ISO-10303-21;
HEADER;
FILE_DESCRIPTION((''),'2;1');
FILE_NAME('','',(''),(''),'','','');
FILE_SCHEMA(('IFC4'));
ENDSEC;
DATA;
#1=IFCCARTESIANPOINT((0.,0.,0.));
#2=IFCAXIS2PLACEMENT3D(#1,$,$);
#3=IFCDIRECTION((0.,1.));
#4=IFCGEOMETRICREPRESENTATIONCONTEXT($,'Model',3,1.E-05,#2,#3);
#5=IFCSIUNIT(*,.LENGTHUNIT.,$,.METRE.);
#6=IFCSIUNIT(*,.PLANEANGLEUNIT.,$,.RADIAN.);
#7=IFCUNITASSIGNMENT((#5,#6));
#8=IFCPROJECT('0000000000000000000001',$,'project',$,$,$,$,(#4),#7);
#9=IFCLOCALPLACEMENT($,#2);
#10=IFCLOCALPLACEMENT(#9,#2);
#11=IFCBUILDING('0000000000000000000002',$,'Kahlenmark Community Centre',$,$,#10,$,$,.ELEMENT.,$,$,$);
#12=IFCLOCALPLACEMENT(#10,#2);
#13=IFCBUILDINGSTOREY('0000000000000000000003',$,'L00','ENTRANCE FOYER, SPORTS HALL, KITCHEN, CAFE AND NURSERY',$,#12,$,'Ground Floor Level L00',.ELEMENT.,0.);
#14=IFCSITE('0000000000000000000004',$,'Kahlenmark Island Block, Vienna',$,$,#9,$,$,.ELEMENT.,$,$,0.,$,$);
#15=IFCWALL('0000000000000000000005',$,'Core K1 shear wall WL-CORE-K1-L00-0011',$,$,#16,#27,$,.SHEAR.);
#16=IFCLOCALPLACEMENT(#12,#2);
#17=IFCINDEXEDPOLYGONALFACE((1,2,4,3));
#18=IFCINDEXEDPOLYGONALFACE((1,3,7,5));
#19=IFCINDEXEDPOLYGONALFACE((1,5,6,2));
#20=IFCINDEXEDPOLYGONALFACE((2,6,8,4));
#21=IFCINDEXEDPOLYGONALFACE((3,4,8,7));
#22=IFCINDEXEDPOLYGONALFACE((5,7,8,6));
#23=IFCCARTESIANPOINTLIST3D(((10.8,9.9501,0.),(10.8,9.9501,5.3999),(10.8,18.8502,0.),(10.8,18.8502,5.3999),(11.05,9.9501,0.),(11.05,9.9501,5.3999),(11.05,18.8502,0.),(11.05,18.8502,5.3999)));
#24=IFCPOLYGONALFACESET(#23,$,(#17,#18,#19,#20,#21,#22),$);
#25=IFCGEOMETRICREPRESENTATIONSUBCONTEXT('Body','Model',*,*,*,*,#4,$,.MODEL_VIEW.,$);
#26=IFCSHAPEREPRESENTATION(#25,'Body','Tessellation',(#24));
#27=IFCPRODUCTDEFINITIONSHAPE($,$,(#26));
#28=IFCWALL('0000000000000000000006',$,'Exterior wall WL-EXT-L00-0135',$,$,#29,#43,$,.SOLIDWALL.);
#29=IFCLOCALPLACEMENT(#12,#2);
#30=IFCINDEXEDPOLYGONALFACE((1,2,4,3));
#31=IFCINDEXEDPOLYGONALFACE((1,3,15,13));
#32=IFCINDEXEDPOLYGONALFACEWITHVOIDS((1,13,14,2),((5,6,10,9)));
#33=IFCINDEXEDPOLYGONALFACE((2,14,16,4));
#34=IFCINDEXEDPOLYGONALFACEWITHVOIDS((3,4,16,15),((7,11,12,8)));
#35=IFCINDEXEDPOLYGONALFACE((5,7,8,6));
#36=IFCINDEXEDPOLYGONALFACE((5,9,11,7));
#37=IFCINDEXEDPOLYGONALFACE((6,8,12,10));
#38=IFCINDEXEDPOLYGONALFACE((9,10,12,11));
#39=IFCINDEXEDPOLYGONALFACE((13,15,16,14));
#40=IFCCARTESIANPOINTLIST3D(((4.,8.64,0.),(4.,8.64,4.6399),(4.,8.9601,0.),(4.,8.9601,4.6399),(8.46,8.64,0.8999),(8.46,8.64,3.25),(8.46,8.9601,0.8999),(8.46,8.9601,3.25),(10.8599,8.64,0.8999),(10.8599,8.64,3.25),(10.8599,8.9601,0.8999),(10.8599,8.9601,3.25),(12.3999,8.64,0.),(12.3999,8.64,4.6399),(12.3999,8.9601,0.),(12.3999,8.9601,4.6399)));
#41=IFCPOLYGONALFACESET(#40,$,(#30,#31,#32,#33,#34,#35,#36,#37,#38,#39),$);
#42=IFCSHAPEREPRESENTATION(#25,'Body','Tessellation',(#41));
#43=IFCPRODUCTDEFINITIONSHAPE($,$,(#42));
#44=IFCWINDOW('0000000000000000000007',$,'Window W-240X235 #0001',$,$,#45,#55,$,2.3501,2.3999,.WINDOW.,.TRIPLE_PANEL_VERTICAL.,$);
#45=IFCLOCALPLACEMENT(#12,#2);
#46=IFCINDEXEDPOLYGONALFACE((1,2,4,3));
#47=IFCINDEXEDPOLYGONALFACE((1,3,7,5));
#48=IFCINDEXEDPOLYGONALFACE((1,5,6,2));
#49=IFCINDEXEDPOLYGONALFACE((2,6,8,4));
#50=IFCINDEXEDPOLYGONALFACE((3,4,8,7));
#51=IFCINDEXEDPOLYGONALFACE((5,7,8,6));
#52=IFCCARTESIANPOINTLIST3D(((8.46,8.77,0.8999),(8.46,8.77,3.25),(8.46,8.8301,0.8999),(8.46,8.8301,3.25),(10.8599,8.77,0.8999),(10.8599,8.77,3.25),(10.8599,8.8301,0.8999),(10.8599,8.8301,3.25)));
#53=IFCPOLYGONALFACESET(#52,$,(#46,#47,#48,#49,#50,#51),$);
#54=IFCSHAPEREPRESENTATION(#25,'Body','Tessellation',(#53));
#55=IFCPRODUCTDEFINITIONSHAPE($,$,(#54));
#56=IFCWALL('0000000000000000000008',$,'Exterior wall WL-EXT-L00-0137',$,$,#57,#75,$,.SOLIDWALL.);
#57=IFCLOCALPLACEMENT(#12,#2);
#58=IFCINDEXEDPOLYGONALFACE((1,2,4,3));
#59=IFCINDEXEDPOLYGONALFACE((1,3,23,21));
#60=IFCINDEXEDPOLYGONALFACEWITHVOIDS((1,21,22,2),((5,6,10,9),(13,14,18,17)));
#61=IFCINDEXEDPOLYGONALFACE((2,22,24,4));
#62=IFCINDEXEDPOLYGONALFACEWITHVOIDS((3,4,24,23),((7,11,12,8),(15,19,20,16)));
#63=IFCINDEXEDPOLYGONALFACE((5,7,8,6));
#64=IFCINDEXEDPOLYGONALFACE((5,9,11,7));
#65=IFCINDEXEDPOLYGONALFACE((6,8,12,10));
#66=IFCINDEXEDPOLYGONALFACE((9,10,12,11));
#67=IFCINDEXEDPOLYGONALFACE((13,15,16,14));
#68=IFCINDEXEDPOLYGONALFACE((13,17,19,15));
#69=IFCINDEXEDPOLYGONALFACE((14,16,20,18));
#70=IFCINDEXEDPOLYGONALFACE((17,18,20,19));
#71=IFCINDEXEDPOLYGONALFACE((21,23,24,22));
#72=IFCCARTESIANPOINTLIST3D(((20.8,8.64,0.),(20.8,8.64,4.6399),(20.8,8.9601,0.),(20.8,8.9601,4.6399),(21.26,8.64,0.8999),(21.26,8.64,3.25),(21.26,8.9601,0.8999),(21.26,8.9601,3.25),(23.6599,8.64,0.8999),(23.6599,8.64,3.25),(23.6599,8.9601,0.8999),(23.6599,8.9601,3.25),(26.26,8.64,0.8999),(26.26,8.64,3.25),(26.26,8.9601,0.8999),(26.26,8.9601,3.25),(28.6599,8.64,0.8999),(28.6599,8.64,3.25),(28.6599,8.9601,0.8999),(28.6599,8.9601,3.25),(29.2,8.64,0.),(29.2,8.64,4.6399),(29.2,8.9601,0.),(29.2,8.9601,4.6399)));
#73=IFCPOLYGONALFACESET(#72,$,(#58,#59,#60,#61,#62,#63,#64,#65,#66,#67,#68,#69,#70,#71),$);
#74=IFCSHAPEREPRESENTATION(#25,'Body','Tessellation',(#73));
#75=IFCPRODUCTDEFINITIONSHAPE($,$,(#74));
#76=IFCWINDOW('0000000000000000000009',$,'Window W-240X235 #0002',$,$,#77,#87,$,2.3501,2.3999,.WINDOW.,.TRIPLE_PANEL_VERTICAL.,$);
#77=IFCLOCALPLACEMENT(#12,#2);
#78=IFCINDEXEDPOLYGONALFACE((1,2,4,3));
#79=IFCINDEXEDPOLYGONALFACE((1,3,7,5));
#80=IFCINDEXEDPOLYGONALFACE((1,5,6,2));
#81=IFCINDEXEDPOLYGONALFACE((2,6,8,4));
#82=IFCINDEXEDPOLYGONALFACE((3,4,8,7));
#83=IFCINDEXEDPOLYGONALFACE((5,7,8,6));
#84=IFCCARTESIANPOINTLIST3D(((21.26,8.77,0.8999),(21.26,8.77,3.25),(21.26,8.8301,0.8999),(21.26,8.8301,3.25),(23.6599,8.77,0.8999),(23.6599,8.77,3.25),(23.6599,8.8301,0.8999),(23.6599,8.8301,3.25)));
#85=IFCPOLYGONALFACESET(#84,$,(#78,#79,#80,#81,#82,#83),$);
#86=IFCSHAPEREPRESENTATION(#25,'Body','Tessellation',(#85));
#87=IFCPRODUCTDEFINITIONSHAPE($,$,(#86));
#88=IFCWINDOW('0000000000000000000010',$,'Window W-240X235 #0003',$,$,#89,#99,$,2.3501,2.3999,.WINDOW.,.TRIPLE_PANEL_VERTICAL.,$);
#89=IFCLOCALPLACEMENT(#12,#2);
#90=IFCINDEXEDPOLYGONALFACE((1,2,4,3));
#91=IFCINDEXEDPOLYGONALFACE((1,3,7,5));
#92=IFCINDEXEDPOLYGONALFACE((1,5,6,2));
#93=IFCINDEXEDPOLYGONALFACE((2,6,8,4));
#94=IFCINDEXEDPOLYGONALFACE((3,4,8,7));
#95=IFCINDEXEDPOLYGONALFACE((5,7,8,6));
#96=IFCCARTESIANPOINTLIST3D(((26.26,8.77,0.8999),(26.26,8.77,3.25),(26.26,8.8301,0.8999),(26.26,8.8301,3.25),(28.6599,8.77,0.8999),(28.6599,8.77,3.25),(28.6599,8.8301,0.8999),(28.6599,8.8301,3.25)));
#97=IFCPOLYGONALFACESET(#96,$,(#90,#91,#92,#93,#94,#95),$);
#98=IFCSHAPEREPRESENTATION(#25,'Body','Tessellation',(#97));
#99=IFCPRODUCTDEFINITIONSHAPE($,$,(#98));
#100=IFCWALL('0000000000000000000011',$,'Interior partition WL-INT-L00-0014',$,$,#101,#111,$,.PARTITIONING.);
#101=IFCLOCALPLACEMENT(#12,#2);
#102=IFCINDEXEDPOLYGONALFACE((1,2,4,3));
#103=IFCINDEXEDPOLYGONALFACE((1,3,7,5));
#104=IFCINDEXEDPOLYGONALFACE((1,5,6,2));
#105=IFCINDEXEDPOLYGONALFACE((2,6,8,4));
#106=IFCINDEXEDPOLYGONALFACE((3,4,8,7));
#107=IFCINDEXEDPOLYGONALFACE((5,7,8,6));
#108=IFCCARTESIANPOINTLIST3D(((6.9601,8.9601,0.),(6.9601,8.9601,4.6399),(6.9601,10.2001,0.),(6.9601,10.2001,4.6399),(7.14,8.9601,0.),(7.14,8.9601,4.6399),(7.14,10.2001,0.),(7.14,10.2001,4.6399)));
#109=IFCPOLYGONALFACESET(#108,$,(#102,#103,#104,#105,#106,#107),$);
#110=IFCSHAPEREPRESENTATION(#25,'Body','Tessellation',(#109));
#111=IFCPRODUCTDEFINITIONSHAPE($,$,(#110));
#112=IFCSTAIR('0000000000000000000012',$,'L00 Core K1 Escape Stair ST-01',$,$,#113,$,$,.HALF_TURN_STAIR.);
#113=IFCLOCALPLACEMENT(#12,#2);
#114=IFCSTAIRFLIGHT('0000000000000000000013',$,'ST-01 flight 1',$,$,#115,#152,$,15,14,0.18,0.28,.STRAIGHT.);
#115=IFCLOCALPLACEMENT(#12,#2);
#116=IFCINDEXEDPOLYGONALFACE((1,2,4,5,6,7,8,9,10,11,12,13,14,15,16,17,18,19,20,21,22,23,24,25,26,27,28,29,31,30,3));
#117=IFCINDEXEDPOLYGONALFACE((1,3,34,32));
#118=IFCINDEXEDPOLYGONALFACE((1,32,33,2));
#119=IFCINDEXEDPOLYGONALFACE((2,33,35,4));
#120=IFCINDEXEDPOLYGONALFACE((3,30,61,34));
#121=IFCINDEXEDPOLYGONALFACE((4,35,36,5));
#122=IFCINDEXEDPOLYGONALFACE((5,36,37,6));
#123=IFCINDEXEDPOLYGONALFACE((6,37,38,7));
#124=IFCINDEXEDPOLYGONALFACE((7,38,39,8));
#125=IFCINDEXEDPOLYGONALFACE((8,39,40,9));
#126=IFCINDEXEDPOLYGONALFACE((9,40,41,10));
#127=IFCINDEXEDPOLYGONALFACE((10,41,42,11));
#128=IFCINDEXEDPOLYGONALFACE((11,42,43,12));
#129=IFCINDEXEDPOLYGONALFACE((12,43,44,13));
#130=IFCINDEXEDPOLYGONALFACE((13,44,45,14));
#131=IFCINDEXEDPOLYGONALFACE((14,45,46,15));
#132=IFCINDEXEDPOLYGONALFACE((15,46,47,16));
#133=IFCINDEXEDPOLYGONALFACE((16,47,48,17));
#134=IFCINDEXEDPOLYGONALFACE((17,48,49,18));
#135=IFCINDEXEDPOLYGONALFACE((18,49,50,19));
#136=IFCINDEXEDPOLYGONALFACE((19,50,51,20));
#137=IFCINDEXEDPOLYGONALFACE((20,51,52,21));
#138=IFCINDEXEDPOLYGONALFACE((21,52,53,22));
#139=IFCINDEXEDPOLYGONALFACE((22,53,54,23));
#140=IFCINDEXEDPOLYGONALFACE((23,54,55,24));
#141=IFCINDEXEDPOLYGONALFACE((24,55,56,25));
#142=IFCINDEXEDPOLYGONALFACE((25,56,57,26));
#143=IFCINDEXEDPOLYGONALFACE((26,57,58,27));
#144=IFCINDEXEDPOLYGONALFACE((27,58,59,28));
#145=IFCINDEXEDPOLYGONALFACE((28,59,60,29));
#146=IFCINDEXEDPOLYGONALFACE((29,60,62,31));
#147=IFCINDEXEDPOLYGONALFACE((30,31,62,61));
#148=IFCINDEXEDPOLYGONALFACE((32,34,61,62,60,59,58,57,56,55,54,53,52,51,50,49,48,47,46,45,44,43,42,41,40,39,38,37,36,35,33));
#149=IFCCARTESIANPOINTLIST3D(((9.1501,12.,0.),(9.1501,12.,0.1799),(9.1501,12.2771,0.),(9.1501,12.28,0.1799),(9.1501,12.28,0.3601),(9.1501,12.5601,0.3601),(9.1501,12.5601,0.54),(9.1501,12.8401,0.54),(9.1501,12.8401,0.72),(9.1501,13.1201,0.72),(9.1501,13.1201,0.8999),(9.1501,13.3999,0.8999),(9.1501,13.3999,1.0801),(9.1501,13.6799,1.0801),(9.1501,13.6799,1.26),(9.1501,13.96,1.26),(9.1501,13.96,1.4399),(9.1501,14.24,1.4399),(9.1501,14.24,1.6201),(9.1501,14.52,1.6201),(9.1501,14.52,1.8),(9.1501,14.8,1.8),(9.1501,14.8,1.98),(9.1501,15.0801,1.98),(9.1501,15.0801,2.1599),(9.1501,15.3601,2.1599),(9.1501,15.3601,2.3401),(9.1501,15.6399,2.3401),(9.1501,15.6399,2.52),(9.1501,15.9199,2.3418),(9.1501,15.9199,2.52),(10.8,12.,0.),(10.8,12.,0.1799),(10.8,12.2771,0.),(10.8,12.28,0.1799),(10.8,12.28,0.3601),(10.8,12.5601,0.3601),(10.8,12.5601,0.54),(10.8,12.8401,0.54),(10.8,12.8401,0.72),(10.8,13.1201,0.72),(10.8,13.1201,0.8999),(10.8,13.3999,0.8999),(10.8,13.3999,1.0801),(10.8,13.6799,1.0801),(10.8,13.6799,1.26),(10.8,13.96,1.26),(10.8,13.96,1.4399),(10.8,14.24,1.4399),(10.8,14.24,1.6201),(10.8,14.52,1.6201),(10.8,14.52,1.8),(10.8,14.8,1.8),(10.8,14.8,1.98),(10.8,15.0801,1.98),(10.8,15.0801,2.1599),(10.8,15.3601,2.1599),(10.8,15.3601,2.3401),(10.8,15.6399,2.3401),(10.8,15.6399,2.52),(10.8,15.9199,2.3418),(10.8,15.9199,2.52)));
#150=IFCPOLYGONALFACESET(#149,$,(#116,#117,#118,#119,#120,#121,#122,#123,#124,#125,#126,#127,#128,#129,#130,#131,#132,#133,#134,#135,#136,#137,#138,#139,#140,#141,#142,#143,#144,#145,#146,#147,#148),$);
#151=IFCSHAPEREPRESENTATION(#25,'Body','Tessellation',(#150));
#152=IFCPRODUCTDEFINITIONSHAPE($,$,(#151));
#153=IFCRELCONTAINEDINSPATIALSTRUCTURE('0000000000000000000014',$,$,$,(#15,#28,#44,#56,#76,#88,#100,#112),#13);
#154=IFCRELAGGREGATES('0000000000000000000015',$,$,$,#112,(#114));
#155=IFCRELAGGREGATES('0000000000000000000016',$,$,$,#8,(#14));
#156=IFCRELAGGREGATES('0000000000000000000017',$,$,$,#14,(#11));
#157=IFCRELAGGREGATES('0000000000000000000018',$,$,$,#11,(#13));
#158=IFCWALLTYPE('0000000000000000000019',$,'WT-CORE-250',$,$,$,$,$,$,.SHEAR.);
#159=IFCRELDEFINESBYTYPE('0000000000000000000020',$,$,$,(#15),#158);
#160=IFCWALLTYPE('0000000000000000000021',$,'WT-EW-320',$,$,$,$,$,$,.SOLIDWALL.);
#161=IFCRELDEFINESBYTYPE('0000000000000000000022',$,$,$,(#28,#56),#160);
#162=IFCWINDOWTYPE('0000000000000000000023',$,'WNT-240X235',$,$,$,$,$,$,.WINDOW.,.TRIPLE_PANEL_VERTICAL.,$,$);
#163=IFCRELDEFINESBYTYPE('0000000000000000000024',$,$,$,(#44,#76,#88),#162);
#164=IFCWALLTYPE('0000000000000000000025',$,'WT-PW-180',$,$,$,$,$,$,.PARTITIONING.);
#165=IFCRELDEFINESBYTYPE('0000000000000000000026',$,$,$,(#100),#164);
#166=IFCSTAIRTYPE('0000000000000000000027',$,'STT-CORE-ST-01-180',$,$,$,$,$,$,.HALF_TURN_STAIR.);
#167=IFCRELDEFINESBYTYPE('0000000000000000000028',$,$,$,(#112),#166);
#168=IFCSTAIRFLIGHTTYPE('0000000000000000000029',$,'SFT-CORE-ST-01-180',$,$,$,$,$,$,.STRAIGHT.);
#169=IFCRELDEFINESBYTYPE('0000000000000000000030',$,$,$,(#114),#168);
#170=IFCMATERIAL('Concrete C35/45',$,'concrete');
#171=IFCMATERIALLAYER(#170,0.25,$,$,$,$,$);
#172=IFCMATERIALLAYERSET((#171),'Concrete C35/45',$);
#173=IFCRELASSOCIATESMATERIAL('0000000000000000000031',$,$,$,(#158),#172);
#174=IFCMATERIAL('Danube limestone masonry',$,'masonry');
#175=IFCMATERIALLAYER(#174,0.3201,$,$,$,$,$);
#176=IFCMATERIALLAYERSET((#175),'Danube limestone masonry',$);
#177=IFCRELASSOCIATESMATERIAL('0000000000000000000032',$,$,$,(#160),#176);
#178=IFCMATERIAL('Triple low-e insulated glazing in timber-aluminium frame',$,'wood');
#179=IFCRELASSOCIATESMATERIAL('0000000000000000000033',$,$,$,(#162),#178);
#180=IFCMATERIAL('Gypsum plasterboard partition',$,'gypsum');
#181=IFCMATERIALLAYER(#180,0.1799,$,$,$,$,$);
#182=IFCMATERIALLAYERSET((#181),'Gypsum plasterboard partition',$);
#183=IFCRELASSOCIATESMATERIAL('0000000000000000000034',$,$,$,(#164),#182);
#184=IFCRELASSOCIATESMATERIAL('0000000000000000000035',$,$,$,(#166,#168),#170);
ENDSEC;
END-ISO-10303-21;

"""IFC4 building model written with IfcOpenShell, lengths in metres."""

from ifc_helpers import new_model, si_unit, direction, frame, frame_2d, origin, place, context, subcontext, project, spatial, polyline, rectangle, outline, extrude, material, layer, layer_set, type_object, element, fill, aggregate, save


model = new_model("IFC4")

# Units and contexts
model_context = context("Model", 3, precision=1e-05, world=origin(), true_north=direction((0.0, 1.0)))
body_context = subcontext(model_context, "Body", "Model", "MODEL_VIEW")
ifc_project = project(units=[si_unit("LENGTHUNIT", "METRE"), si_unit("PLANEANGLEUNIT", "RADIAN")], contexts=[model_context])

# Site, building, storey
site_placement = place(None, origin())
site = spatial("IfcSite", under=ifc_project, at=site_placement, Name="Kahlenmark Island Block, Vienna", CompositionType="ELEMENT", RefElevation=0.0)
building_placement = place(site_placement, origin())
building = spatial("IfcBuilding", under=site, at=building_placement, Name="Kahlenmark Community Centre", CompositionType="ELEMENT")
storey_placement = place(building_placement, origin())
storey = spatial("IfcBuildingStorey", under=building, at=storey_placement, Name="L00", Description="ENTRANCE FOYER, SPORTS HALL, KITCHEN, CAFE AND NURSERY", LongName="Ground Floor Level L00", CompositionType="ELEMENT", Elevation=0.0)

# Shared definitions
ifc_material_1 = material(Name="Concrete C35/45", Category="concrete")

# Shared definitions
ifc_layer_1 = layer(ifc_material_1, 0.25)
ifc_layer_set_1 = layer_set([ifc_layer_1], Name="Concrete C35/45")
wall_type_1 = type_object("IfcWallType", Name="WT-CORE-250", PredefinedType="SHEAR", material=ifc_layer_set_1)

# Wall
for number, where, z_axis, x_axis, name in (
    (1, (10.925, 9.95, 0.0), (0.0, 0.0, 1.0), (0.0, 1.0, 0.0), "Core K1 shear wall WL-CORE-K1-L00-0011"),
):
    element("IfcWall", number, at=place(storey_placement, frame(where, z_axis=z_axis, x_axis=x_axis)), inside=storey, type_object=wall_type_1, Name=name, PredefinedType="SHEAR", context=body_context, shape_type="SweptSolid", body=[
        extrude(rectangle(XDim=8.9001, YDim=0.25, at=frame_2d((4.4502, 0.0))), origin(), (0.0, 0.0, 1.0), 5.3999),
    ])

# Wall, opening, window
ifc_material_2 = material(Name="Danube limestone masonry", Category="masonry")
ifc_layer_2 = layer(ifc_material_2, 0.3201)
ifc_layer_set_2 = layer_set([ifc_layer_2], Name="Danube limestone masonry")
wall_type_2 = type_object("IfcWallType", Name="WT-EW-320", PredefinedType="SOLIDWALL", material=ifc_layer_set_2)
wall_1_placement = place(storey_placement, frame((4.0, 8.8, 0.0), z_axis=(0.0, 0.0, 1.0), x_axis=(1.0, 0.0, 0.0)))
wall_1 = element("IfcWall", 2, at=wall_1_placement, inside=storey, type_object=wall_type_2, Name="Exterior wall WL-EXT-L00-0135", PredefinedType="SOLIDWALL", context=body_context, shape_type="SweptSolid", body=[
    extrude(rectangle(XDim=8.3999, YDim=0.3201, at=frame_2d((4.2, 0.0))), origin(), (0.0, 0.0, 1.0), 4.6399),
])
opening_1_placement = place(wall_1_placement, frame((4.46, 0.0, 0.8999)))
opening_1 = element("IfcOpeningElement", 3, at=opening_1_placement, cuts=wall_1, PredefinedType="OPENING", context=body_context, shape_type="SweptSolid", body=[
    extrude(rectangle(XDim=2.3999, YDim=2.3501, at=frame_2d((1.2, 1.175))), frame((0.0, 0.1699, 0.0), z_axis=(0.0, -1.0, 0.0), x_axis=(1.0, 0.0, 0.0)), (0.0, 0.0, 1.0), 0.3401),
])
ifc_material_3 = material(Name="Triple low-e insulated glazing in timber-aluminium frame", Category="wood")
window_type = type_object("IfcWindowType", Name="WNT-240X235", PartitioningType="TRIPLE_PANEL_VERTICAL", PredefinedType="WINDOW", material=ifc_material_3)
window_1_placement = place(opening_1_placement, origin())
window_1 = element("IfcWindow", 4, at=window_1_placement, inside=storey, type_object=window_type, Name="Window W-240X235 #0001", OverallHeight=2.3501, OverallWidth=2.3999, PartitioningType="TRIPLE_PANEL_VERTICAL", PredefinedType="WINDOW", context=body_context, shape_type="SweptSolid", body=[
    extrude(rectangle(XDim=2.3999, YDim=2.3501, at=frame_2d((1.2, 1.175))), frame((0.0, 0.03, 0.0), z_axis=(0.0, -1.0, 0.0), x_axis=(1.0, 0.0, 0.0)), (0.0, 0.0, 1.0), 0.0601),
])
fill(opening_1, window_1)

# Wall, openings, windows
wall_2_placement = place(storey_placement, frame((20.8, 8.8, 0.0), z_axis=(0.0, 0.0, 1.0), x_axis=(1.0, 0.0, 0.0)))
wall_2 = element("IfcWall", 5, at=wall_2_placement, inside=storey, type_object=wall_type_2, Name="Exterior wall WL-EXT-L00-0137", PredefinedType="SOLIDWALL", context=body_context, shape_type="SweptSolid", body=[
    extrude(rectangle(XDim=8.3999, YDim=0.3201, at=frame_2d((4.2, 0.0))), origin(), (0.0, 0.0, 1.0), 4.6399),
])
opening_2_placement = place(wall_2_placement, frame((0.46, 0.0, 0.8999)))
opening_2 = element("IfcOpeningElement", 6, at=opening_2_placement, cuts=wall_2, PredefinedType="OPENING", context=body_context, shape_type="SweptSolid", body=[
    extrude(rectangle(XDim=2.3999, YDim=2.3501, at=frame_2d((1.2, 1.175))), frame((0.0, 0.1699, 0.0), z_axis=(0.0, -1.0, 0.0), x_axis=(1.0, 0.0, 0.0)), (0.0, 0.0, 1.0), 0.3401),
])
opening_3_placement = place(wall_2_placement, frame((5.46, 0.0, 0.8999)))
opening_3 = element("IfcOpeningElement", 7, at=opening_3_placement, cuts=wall_2, PredefinedType="OPENING", context=body_context, shape_type="SweptSolid", body=[
    extrude(rectangle(XDim=2.3999, YDim=2.3501, at=frame_2d((1.2, 1.175))), frame((0.0, 0.1699, 0.0), z_axis=(0.0, -1.0, 0.0), x_axis=(1.0, 0.0, 0.0)), (0.0, 0.0, 1.0), 0.3401),
])
window_2_placement = place(opening_2_placement, origin())
window_2 = element("IfcWindow", 8, at=window_2_placement, inside=storey, type_object=window_type, Name="Window W-240X235 #0002", OverallHeight=2.3501, OverallWidth=2.3999, PartitioningType="TRIPLE_PANEL_VERTICAL", PredefinedType="WINDOW", context=body_context, shape_type="SweptSolid", body=[
    extrude(rectangle(XDim=2.3999, YDim=2.3501, at=frame_2d((1.2, 1.175))), frame((0.0, 0.03, 0.0), z_axis=(0.0, -1.0, 0.0), x_axis=(1.0, 0.0, 0.0)), (0.0, 0.0, 1.0), 0.0601),
])
fill(opening_2, window_2)
window_3_placement = place(opening_3_placement, origin())
window_3 = element("IfcWindow", 9, at=window_3_placement, inside=storey, type_object=window_type, Name="Window W-240X235 #0003", OverallHeight=2.3501, OverallWidth=2.3999, PartitioningType="TRIPLE_PANEL_VERTICAL", PredefinedType="WINDOW", context=body_context, shape_type="SweptSolid", body=[
    extrude(rectangle(XDim=2.3999, YDim=2.3501, at=frame_2d((1.2, 1.175))), frame((0.0, 0.03, 0.0), z_axis=(0.0, -1.0, 0.0), x_axis=(1.0, 0.0, 0.0)), (0.0, 0.0, 1.0), 0.0601),
])
fill(opening_3, window_3)

# Wall
ifc_material_4 = material(Name="Gypsum plasterboard partition", Category="gypsum")
ifc_layer_3 = layer(ifc_material_4, 0.1799)
ifc_layer_set_3 = layer_set([ifc_layer_3], Name="Gypsum plasterboard partition")
wall_type_3 = type_object("IfcWallType", Name="WT-PW-180", PredefinedType="PARTITIONING", material=ifc_layer_set_3)
wall_3_placement = place(storey_placement, frame((7.05, 8.96, 0.0), z_axis=(0.0, 0.0, 1.0), x_axis=(0.0, 1.0, 0.0)))
element("IfcWall", 10, at=wall_3_placement, inside=storey, type_object=wall_type_3, Name="Interior partition WL-INT-L00-0014", PredefinedType="PARTITIONING", context=body_context, shape_type="SweptSolid", body=[
    extrude(rectangle(XDim=1.24, YDim=0.1799, at=frame_2d((0.6201, 0.0))), origin(), (0.0, 0.0, 1.0), 4.6399),
])

# Stair, stair flight
stair_type = type_object("IfcStairType", Name="STT-CORE-ST-01-180", PredefinedType="HALF_TURN_STAIR", material=ifc_material_1)
stair_placement = place(storey_placement, origin())
stair = element("IfcStair", 11, at=stair_placement, inside=storey, type_object=stair_type, Name="L00 Core K1 Escape Stair ST-01", PredefinedType="HALF_TURN_STAIR")
stair_flight_type = type_object("IfcStairFlightType", Name="SFT-CORE-ST-01-180", PredefinedType="STRAIGHT", material=ifc_material_1)
stair_flight_1_placement = place(storey_placement, frame((9.9751, 12.0, 0.0), z_axis=(0.0, 0.0, 1.0), x_axis=(0.0, 1.0, 0.0)))
stair_flight_1 = element("IfcStairFlight", 12, at=stair_flight_1_placement, type_object=stair_flight_type, Name="ST-01 flight 1", NumberOfRisers=15, NumberOfTreads=14, PredefinedType="STRAIGHT", RiserHeight=0.18, TreadLength=0.28, context=body_context, shape_type="SweptSolid", body=[
    extrude(outline(polyline([(0.0, 0.0), (0.0, 0.1799), (0.28, 0.1799), (0.28, 0.3601), (0.5601, 0.3601), (0.5601, 0.54), (0.8401, 0.54), (0.8401, 0.72), (1.1201, 0.72), (1.1201, 0.8999), (1.3999, 0.8999), (1.3999, 1.0801), (1.6799, 1.0801), (1.6799, 1.26), (1.96, 1.26), (1.96, 1.4399), (2.24, 1.4399), (2.24, 1.6201), (2.52, 1.6201), (2.52, 1.8), (2.8, 1.8), (2.8, 1.98), (3.0801, 1.98), (3.0801, 2.1599), (3.3601, 2.1599), (3.3601, 2.3401), (3.6399, 2.3401), (3.6399, 2.52), (3.9199, 2.52), (3.9199, 2.7), (3.9199, 2.3418), (0.2771, 0.0), (0.0, 0.0)])), frame((0.0, 0.825, 0.0), z_axis=(0.0, -1.0, 0.0), x_axis=(1.0, 0.0, 0.0)), (0.0, 0.0, 1.0), 1.6499),
])
aggregate(stair, [stair_flight_1])

save(model, "model.ifc")
